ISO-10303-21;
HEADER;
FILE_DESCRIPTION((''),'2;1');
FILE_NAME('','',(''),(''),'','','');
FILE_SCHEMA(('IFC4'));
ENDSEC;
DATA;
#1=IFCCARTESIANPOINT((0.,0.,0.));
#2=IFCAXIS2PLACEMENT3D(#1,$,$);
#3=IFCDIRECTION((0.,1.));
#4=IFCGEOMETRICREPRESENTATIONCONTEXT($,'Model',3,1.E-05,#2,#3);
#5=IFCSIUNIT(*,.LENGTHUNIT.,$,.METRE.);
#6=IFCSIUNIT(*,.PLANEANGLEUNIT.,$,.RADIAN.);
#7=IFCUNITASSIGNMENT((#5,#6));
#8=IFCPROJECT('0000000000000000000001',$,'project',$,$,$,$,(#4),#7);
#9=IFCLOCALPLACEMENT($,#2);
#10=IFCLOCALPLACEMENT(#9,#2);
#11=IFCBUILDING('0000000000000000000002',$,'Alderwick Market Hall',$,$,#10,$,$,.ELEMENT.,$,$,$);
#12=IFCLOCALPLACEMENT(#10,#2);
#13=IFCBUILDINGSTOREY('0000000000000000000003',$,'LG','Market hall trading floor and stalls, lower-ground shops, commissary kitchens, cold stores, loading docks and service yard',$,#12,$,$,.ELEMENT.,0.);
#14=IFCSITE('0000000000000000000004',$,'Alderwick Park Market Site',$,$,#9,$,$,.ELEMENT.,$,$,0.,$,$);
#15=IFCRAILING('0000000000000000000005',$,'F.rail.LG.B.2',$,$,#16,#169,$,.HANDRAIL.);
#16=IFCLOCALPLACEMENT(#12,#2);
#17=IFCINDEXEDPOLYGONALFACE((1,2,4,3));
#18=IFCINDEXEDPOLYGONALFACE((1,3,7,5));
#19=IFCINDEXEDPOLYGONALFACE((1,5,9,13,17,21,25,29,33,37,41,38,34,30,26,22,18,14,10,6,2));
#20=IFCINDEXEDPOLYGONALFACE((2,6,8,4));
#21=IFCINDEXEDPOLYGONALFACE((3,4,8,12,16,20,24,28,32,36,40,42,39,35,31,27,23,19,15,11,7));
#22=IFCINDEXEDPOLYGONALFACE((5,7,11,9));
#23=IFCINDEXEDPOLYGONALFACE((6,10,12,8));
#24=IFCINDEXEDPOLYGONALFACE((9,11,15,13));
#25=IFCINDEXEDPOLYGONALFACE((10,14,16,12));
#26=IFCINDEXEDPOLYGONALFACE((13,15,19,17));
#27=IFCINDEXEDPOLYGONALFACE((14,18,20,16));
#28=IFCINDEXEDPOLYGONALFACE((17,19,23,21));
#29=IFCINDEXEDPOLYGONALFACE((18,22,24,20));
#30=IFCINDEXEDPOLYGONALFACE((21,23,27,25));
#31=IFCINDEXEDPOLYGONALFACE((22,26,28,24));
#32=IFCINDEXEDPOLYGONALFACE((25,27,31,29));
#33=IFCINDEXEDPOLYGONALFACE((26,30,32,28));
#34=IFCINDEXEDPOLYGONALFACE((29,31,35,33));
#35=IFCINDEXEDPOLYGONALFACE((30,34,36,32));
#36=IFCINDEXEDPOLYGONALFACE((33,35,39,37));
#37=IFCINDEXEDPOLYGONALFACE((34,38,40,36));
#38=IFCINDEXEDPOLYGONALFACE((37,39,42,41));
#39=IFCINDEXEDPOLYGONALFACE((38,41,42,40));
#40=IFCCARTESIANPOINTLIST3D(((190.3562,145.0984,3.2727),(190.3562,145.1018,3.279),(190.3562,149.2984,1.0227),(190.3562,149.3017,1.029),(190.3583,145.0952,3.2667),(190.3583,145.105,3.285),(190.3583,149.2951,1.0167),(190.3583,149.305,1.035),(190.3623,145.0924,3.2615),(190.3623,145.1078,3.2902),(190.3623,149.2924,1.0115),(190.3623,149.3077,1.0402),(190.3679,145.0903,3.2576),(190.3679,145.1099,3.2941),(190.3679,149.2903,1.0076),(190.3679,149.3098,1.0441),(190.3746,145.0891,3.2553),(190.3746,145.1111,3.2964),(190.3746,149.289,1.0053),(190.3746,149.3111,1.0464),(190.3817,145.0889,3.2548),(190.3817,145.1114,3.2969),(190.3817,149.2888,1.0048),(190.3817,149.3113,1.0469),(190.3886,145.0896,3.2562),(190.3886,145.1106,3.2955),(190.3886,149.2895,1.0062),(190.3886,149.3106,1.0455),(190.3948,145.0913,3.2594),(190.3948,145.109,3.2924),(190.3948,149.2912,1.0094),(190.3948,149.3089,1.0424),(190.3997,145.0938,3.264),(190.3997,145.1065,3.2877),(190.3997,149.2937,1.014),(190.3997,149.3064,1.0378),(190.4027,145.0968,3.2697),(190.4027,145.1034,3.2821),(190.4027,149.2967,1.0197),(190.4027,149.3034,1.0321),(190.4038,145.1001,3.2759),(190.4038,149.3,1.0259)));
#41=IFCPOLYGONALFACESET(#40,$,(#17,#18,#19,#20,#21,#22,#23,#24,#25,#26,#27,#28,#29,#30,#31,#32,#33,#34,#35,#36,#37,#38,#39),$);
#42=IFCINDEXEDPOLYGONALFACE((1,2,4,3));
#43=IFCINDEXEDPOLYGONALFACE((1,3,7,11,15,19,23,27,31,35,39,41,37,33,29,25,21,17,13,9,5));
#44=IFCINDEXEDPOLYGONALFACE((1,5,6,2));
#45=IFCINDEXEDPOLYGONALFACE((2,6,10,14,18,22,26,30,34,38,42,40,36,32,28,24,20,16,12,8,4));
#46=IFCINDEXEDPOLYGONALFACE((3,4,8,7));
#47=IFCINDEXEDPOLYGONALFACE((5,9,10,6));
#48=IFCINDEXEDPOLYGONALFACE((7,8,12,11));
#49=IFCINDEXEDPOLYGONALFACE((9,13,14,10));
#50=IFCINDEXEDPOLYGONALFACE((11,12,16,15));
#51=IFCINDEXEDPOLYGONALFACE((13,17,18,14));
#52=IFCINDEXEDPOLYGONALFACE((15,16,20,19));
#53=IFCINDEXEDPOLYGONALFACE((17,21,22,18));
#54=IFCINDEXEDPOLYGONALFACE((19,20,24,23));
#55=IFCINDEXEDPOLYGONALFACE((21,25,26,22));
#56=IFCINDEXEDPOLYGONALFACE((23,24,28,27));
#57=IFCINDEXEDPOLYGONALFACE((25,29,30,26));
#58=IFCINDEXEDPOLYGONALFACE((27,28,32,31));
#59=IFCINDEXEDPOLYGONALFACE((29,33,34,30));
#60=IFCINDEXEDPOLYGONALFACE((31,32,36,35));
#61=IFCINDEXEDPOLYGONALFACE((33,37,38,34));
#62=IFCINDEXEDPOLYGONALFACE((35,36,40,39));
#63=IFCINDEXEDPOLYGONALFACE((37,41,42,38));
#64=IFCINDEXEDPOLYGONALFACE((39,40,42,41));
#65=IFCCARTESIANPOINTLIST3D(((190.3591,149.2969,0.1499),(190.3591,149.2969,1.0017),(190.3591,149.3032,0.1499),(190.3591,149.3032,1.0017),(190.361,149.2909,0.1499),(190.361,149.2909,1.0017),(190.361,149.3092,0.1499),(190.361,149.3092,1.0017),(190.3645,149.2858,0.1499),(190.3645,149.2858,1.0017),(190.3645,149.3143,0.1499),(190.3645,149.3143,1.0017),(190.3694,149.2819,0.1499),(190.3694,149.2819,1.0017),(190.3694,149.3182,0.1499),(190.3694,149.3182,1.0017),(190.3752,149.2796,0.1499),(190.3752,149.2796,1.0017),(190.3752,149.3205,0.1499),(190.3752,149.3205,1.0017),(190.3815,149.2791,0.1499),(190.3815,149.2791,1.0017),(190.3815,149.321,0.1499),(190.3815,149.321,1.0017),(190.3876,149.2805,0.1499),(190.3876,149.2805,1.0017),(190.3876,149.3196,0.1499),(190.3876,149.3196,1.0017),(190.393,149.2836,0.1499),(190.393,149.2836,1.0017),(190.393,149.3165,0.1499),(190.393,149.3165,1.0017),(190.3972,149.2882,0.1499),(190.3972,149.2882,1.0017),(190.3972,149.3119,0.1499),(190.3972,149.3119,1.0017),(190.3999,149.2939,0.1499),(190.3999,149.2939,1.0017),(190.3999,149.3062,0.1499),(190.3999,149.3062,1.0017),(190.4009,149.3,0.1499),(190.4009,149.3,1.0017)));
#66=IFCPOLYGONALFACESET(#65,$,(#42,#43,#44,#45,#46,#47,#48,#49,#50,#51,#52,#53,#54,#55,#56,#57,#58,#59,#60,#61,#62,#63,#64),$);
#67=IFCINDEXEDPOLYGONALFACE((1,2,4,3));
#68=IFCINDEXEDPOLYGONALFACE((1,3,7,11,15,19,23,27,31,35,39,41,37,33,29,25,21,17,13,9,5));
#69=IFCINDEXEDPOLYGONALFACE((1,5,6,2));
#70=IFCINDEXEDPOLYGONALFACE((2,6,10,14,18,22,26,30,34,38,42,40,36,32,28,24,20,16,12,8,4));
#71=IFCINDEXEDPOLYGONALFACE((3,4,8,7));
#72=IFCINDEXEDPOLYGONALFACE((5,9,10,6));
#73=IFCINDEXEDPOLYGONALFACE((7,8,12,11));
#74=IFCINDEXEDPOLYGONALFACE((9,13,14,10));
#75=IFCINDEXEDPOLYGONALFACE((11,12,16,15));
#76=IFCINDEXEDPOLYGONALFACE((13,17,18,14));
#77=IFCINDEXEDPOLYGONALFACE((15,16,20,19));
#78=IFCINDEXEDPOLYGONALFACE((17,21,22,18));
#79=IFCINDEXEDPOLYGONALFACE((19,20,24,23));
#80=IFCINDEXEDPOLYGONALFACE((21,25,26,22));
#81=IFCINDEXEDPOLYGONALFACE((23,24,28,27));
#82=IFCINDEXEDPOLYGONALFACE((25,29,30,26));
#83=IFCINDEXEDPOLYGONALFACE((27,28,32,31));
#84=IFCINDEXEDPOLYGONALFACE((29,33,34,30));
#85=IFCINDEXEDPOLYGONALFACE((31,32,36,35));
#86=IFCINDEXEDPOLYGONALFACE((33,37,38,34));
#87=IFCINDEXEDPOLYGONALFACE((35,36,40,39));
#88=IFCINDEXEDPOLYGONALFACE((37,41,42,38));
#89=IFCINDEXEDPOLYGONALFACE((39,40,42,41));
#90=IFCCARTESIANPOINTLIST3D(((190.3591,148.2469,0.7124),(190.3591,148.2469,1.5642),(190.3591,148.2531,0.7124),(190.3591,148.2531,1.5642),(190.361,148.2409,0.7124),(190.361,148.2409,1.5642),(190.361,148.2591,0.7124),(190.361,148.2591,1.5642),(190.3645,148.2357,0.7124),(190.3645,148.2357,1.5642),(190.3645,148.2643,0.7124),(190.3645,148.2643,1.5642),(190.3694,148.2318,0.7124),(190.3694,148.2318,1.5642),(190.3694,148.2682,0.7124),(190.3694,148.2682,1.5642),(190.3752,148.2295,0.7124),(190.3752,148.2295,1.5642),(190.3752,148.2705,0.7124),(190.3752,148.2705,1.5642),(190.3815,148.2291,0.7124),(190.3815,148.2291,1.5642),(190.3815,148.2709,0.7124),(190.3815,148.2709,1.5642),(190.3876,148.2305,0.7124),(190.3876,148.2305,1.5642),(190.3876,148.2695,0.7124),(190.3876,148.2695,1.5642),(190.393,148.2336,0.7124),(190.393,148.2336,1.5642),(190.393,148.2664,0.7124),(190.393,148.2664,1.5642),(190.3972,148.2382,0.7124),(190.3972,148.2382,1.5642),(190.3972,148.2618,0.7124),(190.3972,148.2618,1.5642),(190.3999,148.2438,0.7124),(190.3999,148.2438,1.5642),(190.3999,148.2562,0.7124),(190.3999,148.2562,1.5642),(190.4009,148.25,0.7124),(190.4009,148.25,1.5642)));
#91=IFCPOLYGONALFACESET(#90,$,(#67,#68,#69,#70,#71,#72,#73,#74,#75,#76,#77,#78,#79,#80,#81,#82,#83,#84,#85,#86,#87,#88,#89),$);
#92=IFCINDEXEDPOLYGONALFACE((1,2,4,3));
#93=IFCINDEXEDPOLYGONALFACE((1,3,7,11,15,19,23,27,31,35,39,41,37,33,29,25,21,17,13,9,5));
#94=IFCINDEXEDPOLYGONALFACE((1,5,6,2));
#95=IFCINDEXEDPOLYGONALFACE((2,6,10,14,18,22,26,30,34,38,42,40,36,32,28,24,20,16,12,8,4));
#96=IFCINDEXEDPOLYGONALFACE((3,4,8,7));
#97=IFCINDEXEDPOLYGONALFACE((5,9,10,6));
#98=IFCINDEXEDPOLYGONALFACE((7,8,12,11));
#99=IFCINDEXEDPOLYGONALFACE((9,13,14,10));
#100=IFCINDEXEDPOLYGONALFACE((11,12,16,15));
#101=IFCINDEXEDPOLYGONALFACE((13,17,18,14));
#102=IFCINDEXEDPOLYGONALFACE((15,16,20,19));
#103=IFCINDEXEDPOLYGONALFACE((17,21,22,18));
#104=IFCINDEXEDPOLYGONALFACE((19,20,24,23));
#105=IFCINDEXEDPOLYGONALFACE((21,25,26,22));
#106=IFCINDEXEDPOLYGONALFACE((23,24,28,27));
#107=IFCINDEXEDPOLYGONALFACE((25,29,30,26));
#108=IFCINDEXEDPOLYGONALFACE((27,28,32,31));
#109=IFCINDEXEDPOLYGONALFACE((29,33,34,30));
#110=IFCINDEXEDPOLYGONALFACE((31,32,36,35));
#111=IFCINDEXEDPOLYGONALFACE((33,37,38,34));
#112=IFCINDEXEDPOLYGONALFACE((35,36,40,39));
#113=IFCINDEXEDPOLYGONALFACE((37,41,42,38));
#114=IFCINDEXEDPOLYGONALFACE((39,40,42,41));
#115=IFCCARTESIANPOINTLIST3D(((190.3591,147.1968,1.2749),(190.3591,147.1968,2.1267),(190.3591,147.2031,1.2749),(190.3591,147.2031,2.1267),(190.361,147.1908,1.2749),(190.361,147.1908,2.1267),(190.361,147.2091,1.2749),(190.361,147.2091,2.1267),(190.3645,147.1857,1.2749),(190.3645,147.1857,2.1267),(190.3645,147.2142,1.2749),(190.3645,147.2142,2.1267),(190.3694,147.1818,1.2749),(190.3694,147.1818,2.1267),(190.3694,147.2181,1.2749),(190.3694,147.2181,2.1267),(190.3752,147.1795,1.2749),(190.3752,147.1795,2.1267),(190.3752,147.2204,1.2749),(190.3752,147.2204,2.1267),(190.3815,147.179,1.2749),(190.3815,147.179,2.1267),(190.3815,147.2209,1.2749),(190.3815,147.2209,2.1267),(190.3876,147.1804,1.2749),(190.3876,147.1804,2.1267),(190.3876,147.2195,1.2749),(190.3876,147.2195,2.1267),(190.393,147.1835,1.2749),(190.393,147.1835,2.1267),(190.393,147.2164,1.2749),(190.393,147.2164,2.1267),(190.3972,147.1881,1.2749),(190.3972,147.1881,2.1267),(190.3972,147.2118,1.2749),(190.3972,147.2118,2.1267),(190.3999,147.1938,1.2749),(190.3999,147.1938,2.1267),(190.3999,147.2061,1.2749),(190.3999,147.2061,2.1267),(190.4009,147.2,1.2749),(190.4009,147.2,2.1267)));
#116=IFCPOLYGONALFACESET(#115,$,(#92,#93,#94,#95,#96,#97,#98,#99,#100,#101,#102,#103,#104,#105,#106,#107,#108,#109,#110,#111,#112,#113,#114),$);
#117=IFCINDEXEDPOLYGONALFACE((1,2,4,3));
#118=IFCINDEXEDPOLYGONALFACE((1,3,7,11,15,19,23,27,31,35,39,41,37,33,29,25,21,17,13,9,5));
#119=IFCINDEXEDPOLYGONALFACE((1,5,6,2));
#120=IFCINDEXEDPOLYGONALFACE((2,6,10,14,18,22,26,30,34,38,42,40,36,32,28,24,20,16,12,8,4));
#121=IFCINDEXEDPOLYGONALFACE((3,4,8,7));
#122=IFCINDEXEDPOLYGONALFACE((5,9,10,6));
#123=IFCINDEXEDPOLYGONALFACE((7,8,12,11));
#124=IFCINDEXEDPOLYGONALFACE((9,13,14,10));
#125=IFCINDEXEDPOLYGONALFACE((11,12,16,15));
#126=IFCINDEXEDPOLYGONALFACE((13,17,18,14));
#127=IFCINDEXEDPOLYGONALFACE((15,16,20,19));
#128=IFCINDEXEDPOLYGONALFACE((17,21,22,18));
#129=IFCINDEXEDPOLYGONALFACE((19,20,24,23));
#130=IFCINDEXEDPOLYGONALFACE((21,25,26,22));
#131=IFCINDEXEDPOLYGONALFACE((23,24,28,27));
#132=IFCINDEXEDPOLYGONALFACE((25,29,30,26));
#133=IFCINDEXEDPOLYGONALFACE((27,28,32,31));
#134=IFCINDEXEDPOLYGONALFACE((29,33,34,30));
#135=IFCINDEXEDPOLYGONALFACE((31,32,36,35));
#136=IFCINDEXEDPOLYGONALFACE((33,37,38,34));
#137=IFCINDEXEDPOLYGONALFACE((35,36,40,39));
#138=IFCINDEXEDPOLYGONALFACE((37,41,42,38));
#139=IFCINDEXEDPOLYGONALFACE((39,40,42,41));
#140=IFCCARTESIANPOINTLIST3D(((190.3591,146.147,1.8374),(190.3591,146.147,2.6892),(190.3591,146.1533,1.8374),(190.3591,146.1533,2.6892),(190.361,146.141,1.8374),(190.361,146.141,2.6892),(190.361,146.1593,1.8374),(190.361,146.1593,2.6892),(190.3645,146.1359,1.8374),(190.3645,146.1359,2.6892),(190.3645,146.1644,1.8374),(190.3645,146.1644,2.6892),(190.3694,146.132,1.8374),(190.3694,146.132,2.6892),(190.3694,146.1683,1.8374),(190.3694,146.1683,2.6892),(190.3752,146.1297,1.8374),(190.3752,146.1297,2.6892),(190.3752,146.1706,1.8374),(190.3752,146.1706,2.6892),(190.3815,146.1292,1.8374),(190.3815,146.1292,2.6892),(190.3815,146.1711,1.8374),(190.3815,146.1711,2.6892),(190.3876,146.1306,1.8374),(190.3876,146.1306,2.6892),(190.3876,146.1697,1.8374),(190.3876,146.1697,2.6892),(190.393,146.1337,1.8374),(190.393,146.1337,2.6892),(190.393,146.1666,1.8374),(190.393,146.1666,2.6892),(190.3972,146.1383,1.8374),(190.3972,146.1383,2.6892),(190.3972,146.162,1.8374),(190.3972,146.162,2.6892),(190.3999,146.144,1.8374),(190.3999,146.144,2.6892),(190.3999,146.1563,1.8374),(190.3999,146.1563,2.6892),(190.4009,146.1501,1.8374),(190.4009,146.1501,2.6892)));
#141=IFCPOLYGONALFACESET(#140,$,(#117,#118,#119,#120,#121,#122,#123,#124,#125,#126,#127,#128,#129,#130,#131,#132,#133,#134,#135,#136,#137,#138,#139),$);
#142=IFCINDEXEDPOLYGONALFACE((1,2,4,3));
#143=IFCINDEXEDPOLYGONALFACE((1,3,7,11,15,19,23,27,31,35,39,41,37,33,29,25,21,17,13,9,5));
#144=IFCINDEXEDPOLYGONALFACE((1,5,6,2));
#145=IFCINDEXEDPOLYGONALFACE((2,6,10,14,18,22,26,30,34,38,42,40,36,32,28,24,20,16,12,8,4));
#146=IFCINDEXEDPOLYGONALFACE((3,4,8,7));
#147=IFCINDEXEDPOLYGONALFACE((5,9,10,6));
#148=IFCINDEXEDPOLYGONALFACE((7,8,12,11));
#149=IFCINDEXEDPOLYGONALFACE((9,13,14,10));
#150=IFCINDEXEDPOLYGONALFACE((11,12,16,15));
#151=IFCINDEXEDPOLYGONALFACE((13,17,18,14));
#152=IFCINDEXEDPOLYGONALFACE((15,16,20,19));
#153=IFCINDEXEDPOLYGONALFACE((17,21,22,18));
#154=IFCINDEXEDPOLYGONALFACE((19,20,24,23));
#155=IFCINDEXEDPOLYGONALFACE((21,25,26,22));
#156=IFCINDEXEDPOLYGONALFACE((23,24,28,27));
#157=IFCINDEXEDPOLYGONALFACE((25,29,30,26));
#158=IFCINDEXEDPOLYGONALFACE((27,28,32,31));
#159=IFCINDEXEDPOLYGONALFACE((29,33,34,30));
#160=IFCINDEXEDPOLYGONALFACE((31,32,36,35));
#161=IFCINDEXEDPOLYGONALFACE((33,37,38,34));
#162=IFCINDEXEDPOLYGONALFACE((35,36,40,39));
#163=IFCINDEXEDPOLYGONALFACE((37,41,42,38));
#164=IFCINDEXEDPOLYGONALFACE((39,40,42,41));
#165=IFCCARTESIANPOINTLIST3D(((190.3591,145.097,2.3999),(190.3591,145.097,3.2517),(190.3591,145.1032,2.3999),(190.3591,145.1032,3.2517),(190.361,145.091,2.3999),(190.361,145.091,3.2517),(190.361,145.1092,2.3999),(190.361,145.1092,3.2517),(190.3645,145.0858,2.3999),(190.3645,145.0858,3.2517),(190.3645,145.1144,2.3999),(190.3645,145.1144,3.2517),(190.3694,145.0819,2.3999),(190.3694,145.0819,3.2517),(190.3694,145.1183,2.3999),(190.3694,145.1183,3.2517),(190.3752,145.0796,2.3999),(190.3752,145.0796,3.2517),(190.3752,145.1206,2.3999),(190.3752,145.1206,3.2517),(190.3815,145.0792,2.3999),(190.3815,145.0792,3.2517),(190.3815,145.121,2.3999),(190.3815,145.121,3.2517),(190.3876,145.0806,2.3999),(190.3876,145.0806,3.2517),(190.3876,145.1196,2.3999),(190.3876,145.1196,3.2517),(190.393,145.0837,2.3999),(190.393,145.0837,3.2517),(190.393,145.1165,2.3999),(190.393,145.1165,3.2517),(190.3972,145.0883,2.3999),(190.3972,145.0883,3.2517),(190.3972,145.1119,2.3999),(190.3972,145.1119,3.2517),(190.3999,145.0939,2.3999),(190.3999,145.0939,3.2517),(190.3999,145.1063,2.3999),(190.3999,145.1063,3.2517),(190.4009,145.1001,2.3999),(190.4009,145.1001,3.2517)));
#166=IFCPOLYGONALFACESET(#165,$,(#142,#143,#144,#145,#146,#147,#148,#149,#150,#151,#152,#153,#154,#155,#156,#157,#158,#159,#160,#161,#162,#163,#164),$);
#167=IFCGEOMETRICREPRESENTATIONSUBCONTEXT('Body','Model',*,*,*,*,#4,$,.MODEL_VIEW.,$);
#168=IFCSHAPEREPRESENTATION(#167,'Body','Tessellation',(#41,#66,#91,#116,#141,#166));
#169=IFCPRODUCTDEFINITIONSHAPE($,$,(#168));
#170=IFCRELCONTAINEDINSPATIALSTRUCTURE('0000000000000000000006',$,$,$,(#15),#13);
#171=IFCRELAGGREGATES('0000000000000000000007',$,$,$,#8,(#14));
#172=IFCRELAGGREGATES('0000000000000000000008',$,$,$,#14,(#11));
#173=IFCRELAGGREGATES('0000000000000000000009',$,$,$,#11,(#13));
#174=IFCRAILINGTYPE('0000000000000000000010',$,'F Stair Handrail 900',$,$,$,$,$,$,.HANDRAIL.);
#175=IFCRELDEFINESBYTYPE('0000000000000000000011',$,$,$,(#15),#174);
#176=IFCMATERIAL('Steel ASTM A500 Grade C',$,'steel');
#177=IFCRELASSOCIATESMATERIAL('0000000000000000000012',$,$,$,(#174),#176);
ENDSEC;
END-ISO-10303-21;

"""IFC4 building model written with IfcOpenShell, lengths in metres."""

from ifc_helpers import new_model, si_unit, direction, frame, origin, origin_2d, place, context, subcontext, project, spatial, circle, extrude, material, type_object, element, save


model = new_model("IFC4")

# Units and contexts
model_context = context("Model", 3, precision=1e-05, world=origin(), true_north=direction((0.0, 1.0)))
body_context = subcontext(model_context, "Body", "Model", "MODEL_VIEW")
ifc_project = project(units=[si_unit("LENGTHUNIT", "METRE"), si_unit("PLANEANGLEUNIT", "RADIAN")], contexts=[model_context])

# Site, building, storey
site_placement = place(None, origin())
site = spatial("IfcSite", under=ifc_project, at=site_placement, Name="Alderwick Park Market Site", CompositionType="ELEMENT", RefElevation=0.0)
building_placement = place(site_placement, origin())
building = spatial("IfcBuilding", under=site, at=building_placement, Name="Alderwick Market Hall", CompositionType="ELEMENT")
storey_placement = place(building_placement, origin())
storey = spatial("IfcBuildingStorey", under=building, at=storey_placement, Name="LG", Description="Market hall trading floor and stalls, lower-ground shops, commissary kitchens, cold stores, loading docks and service yard", CompositionType="ELEMENT", Elevation=0.0)

# Railing
ifc_material_1 = material(Name="Steel ASTM A500 Grade C", Category="steel")
railing_type = type_object("IfcRailingType", Name="F Stair Handrail 900", PredefinedType="HANDRAIL", material=ifc_material_1)
for number, where, name in (
    (1, (190.3799, 149.3, 0.1499), "F.rail.LG.B.2"),
):
    element("IfcRailing", number, at=place(storey_placement, frame(where)), inside=storey, type_object=railing_type, Name=name, PredefinedType="HANDRAIL", context=body_context, shape_type="SweptSolid", body=[
        extrude(circle(Radius=0.0239, at=origin_2d()), frame((0.0, 0.0, 0.876), z_axis=(0.0, -0.881478, 0.472226), x_axis=(1.0, 0.0, 0.0)), (0.0, 0.0, 1.0), 4.7646),
        extrude(circle(Radius=0.021, at=origin_2d()), origin(), (0.0, 0.0, 1.0), 0.8518),
        extrude(circle(Radius=0.021, at=origin_2d()), frame((0.0, -1.05, 0.5625)), (0.0, 0.0, 1.0), 0.8518),
        extrude(circle(Radius=0.021, at=origin_2d()), frame((0.0, -2.1001, 1.125)), (0.0, 0.0, 1.0), 0.8518),
        extrude(circle(Radius=0.021, at=origin_2d()), frame((0.0, -3.1499, 1.6875)), (0.0, 0.0, 1.0), 0.8518),
        extrude(circle(Radius=0.021, at=origin_2d()), frame((0.0, -4.2, 2.25)), (0.0, 0.0, 1.0), 0.8518),
    ])

save(model, "model.ifc")
